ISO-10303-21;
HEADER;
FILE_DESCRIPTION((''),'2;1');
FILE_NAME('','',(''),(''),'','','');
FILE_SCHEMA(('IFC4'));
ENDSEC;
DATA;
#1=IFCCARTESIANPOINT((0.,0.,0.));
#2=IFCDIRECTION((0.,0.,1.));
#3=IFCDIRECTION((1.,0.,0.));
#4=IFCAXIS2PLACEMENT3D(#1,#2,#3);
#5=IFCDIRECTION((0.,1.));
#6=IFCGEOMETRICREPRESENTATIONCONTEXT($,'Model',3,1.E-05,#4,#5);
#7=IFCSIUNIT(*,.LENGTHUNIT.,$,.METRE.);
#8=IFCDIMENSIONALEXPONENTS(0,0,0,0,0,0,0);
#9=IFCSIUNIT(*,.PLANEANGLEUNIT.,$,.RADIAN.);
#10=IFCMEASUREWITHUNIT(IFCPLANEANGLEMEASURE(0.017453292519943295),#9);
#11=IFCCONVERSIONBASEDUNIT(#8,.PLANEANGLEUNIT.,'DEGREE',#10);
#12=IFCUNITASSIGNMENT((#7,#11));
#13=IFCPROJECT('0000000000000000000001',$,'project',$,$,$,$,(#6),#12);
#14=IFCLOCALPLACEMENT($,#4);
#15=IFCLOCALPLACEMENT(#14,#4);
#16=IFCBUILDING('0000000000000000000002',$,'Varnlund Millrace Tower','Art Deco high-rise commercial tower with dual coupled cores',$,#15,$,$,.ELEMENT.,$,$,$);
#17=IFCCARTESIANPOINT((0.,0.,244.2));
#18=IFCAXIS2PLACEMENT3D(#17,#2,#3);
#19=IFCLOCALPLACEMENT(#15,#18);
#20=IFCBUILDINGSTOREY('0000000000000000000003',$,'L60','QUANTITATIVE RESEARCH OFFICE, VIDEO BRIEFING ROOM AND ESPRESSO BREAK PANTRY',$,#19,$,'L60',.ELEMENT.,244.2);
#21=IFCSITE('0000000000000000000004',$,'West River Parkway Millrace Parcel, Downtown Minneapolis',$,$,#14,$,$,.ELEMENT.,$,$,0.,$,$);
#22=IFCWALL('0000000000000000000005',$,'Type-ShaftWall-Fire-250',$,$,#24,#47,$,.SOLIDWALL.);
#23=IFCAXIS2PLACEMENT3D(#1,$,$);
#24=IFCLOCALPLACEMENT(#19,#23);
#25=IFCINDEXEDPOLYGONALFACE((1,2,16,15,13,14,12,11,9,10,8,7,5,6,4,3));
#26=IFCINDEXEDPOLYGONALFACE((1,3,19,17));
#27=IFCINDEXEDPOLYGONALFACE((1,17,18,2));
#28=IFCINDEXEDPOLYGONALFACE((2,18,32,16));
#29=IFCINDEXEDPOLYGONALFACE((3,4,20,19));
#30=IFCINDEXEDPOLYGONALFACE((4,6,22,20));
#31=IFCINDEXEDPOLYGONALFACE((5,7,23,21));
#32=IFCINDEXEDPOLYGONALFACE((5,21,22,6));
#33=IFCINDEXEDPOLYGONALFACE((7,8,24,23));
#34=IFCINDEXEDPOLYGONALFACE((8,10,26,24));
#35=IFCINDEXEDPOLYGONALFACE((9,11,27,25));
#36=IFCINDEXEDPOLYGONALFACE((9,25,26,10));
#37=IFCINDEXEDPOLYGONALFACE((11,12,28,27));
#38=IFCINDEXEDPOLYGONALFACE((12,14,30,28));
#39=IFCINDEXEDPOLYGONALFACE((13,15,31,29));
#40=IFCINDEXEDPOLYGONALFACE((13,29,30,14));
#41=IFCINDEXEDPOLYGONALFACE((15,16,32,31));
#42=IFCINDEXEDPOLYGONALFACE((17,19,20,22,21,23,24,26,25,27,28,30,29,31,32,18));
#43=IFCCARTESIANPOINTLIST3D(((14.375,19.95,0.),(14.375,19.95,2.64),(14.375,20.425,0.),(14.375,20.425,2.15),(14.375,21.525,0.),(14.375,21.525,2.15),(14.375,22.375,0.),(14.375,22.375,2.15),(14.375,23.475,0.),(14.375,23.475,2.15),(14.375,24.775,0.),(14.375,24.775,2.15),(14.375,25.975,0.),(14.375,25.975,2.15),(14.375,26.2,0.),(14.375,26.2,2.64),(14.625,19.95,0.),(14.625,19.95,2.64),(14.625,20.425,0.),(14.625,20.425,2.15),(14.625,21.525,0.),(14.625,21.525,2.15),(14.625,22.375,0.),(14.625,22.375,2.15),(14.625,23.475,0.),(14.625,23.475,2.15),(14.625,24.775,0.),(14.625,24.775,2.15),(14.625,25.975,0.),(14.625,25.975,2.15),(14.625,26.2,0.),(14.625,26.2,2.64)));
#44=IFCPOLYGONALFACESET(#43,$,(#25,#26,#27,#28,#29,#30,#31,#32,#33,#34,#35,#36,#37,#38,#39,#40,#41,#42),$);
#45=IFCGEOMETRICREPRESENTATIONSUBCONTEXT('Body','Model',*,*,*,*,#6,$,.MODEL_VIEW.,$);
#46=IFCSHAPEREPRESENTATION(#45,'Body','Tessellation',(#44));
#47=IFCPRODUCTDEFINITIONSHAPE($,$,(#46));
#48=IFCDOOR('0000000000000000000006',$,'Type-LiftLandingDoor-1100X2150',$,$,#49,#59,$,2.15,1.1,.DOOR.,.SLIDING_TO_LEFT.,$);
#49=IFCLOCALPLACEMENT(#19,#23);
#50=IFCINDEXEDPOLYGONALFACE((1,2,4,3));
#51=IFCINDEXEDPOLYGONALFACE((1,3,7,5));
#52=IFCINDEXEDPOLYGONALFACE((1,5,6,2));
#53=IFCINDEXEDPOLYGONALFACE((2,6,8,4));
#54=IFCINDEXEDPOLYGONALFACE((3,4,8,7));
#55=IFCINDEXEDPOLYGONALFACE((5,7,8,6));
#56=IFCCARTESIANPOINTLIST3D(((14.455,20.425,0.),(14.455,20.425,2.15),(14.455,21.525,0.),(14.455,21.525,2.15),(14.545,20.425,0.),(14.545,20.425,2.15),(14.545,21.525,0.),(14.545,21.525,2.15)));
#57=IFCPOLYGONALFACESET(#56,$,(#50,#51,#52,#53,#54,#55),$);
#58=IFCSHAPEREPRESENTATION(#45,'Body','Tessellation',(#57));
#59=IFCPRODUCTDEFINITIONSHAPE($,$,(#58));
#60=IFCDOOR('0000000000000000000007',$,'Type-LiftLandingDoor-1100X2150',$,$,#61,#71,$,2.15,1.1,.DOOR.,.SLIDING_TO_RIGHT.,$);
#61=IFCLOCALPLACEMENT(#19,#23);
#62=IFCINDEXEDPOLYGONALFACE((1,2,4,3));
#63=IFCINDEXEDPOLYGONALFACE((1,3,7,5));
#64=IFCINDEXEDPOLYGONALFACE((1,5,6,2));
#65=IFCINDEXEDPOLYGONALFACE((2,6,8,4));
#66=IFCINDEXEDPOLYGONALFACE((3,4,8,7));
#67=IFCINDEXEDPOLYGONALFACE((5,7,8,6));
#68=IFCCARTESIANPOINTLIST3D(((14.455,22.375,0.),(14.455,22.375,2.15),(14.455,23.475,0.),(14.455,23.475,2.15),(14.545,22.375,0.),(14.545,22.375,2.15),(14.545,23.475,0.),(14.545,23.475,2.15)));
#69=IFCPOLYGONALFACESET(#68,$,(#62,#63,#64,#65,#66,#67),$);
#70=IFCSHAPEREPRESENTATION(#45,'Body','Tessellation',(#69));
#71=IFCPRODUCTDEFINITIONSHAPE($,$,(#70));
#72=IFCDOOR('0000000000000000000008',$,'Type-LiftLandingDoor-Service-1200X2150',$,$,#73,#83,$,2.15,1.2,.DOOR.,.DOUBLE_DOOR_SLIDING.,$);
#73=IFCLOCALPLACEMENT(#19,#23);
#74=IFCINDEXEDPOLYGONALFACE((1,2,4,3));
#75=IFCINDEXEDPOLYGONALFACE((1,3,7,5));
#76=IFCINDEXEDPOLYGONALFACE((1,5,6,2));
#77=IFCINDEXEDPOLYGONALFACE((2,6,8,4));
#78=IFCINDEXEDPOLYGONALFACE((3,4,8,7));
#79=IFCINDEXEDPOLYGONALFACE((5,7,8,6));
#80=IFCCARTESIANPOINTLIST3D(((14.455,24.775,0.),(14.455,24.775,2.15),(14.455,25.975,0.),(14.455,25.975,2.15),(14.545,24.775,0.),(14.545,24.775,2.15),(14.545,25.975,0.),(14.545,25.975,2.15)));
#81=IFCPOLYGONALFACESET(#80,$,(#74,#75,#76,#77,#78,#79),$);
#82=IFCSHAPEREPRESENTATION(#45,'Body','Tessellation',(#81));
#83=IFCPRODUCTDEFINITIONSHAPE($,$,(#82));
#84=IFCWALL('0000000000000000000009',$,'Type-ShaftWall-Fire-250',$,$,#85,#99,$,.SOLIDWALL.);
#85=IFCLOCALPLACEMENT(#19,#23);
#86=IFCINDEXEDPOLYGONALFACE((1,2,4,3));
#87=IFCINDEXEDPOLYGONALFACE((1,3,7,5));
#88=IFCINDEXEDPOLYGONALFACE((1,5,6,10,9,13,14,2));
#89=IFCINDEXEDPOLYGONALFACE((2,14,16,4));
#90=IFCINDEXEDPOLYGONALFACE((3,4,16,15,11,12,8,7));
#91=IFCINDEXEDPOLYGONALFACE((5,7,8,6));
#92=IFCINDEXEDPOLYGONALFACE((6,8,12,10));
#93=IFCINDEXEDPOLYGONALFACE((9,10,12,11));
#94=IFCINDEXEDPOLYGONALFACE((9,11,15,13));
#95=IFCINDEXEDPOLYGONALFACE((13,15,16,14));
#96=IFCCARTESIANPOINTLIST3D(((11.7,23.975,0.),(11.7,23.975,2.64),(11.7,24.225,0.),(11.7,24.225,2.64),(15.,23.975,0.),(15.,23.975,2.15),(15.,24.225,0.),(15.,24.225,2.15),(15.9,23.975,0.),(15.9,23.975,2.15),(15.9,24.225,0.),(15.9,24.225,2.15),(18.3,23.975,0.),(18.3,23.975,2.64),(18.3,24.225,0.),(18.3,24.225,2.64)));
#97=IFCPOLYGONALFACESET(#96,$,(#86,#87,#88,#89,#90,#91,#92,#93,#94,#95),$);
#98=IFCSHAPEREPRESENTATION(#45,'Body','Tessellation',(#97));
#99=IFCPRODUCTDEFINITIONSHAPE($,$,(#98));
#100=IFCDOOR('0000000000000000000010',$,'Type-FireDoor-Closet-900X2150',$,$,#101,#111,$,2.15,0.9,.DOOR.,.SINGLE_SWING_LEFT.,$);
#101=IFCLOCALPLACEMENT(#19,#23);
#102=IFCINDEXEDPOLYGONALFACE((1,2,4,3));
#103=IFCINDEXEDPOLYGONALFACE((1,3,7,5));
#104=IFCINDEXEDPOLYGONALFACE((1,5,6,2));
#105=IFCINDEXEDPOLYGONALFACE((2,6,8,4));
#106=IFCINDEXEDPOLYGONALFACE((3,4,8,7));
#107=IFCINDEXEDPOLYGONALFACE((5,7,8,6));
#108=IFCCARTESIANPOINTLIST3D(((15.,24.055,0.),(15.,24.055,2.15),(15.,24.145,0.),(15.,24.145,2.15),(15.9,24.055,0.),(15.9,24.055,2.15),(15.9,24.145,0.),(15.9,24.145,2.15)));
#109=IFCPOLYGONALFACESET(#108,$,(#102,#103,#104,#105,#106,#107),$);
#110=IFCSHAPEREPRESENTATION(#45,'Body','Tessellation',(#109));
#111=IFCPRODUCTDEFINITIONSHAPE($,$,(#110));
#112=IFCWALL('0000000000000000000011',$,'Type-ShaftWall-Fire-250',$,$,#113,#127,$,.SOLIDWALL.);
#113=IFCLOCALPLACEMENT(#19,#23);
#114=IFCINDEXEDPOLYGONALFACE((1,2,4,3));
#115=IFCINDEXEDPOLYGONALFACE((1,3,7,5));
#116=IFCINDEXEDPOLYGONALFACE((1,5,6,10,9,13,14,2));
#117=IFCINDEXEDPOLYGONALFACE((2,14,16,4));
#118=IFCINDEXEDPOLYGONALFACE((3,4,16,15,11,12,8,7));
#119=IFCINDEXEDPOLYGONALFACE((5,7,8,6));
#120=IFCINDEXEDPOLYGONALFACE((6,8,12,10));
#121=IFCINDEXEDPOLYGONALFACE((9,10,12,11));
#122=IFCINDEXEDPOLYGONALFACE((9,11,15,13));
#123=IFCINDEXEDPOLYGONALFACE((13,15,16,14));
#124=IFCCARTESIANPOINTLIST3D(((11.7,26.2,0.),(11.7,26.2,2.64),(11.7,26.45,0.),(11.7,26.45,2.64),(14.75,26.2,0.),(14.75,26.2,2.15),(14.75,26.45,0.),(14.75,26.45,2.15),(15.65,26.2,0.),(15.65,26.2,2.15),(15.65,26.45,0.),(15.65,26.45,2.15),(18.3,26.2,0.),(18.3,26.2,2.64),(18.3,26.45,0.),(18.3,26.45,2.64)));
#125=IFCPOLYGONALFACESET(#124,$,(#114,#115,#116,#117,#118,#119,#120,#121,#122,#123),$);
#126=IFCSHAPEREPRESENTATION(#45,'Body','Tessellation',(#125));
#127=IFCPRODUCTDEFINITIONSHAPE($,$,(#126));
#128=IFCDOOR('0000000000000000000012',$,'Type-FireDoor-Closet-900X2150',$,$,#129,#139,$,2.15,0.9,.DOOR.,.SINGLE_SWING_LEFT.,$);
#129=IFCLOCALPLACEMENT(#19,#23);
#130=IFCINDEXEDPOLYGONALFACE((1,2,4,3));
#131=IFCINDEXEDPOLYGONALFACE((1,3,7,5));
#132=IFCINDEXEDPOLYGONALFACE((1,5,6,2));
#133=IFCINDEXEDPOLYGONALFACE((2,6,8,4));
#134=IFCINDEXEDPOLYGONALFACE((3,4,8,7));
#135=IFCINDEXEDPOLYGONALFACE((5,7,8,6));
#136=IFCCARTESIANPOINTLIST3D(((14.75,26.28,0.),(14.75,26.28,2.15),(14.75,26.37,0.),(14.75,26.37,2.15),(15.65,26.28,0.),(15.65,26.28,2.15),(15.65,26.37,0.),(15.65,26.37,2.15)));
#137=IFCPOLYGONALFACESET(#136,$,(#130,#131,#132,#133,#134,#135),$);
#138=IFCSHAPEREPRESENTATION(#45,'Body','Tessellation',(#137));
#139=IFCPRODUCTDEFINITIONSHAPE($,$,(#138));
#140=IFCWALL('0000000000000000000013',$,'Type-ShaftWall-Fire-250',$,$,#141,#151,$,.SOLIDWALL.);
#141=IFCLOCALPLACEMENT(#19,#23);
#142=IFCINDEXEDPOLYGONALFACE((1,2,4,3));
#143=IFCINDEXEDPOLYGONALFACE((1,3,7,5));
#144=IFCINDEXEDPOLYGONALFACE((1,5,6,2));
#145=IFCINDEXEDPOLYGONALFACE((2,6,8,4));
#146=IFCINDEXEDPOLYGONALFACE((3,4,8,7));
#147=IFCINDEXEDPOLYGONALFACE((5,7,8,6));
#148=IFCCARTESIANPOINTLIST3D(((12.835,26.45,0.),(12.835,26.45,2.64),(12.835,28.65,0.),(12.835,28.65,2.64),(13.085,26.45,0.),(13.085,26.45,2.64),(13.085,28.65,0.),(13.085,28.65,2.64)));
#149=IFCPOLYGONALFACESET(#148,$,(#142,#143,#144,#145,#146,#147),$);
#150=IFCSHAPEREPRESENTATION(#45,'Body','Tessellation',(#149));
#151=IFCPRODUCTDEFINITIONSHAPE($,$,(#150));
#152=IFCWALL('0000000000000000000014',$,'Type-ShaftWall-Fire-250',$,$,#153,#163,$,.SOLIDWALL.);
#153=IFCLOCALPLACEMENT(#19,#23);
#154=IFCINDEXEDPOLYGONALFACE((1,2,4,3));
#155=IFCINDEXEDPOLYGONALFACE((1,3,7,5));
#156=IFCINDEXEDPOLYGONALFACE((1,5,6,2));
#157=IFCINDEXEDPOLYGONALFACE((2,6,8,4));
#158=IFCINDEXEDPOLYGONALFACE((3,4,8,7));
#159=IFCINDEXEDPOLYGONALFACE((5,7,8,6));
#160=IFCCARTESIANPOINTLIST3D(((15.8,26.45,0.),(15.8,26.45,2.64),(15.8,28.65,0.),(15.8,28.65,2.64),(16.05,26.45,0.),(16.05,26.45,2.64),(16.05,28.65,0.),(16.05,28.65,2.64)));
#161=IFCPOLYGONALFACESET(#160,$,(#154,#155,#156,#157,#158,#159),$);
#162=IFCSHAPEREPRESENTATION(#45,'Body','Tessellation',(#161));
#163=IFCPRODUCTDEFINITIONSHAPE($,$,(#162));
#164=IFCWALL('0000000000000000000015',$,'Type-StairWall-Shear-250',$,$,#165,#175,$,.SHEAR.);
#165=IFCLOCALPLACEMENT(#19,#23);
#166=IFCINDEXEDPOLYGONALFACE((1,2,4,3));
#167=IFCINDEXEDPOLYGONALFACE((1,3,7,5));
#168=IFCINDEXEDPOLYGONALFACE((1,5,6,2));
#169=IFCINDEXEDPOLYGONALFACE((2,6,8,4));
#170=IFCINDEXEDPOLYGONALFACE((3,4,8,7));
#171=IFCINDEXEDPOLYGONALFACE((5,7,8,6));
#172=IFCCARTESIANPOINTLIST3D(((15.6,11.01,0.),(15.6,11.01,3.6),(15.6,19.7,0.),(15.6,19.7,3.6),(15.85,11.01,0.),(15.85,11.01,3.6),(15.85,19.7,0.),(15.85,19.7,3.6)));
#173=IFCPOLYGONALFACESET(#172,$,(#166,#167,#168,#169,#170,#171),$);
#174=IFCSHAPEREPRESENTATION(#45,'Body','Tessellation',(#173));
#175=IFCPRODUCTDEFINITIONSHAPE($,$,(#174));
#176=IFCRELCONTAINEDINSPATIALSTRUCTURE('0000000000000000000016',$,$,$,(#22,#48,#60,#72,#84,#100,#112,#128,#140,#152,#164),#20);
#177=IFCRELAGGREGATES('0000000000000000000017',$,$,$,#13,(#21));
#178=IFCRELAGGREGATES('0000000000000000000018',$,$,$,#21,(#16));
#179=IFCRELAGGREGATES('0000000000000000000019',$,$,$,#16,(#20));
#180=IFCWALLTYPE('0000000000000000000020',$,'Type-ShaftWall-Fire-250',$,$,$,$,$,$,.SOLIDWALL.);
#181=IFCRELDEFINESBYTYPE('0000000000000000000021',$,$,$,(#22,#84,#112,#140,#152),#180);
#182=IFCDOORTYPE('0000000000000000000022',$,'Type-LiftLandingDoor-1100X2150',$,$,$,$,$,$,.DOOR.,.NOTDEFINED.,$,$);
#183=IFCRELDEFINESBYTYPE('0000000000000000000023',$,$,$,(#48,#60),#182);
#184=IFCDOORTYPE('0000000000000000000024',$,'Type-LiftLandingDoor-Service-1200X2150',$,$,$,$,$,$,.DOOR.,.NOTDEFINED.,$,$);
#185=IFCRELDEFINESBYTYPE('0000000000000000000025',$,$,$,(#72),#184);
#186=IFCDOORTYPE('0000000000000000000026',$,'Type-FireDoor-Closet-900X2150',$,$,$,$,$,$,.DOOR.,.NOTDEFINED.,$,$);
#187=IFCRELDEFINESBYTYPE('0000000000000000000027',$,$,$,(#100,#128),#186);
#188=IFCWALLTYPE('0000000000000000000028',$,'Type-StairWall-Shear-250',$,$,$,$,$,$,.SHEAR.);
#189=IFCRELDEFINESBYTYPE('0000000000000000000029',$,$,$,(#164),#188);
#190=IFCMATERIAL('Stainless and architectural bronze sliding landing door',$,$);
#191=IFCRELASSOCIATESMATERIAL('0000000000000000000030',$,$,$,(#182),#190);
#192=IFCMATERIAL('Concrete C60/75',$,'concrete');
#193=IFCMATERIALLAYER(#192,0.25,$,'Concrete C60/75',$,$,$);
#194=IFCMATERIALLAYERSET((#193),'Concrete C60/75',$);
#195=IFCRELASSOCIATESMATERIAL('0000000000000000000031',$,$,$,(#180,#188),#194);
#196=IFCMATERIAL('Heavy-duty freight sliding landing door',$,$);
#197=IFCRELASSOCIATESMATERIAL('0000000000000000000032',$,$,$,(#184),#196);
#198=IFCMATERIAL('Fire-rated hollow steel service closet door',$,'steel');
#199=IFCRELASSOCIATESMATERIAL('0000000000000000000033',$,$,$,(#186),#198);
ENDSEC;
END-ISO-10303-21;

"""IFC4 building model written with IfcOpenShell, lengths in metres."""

from ifc_helpers import new_model, entity, si_unit, converted_unit, direction, frame, origin_with_axes, origin_2d_with_axis, place, context, subcontext, project, spatial, polyline, rectangle, outline, extrude, material, layer, layer_set, type_object, element, fill, save


model = new_model("IFC4")

# Units and contexts
model_context = context("Model", 3, precision=1e-05, world=origin_with_axes(), true_north=direction((0.0, 1.0)))
body_context = subcontext(model_context, "Body", "Model", "MODEL_VIEW")
ifc_project = project(units=[si_unit("LENGTHUNIT", "METRE"), converted_unit("PLANEANGLEUNIT", "DEGREE", entity("IfcPlaneAngleMeasure", 0.017453292519943295), si_unit("PLANEANGLEUNIT", "RADIAN"), dimensions=[0, 0, 0, 0, 0, 0, 0])], contexts=[model_context])

# Site, building, storey
site_placement = place(None, origin_with_axes())
site = spatial("IfcSite", under=ifc_project, at=site_placement, Name="West River Parkway Millrace Parcel, Downtown Minneapolis", CompositionType="ELEMENT", RefElevation=0.0)
building_placement = place(site_placement, origin_with_axes())
building = spatial("IfcBuilding", under=site, at=building_placement, Name="Varnlund Millrace Tower", Description="Art Deco high-rise commercial tower with dual coupled cores", CompositionType="ELEMENT")
storey_placement = place(building_placement, frame((0.0, 0.0, 244.2), z_axis=(0.0, 0.0, 1.0), x_axis=(1.0, 0.0, 0.0)))
storey = spatial("IfcBuildingStorey", under=building, at=storey_placement, Name="L60", Description="QUANTITATIVE RESEARCH OFFICE, VIDEO BRIEFING ROOM AND ESPRESSO BREAK PANTRY", LongName="L60", CompositionType="ELEMENT", Elevation=244.2)

# Shared definitions
ifc_material_1 = material(Name="Concrete C60/75", Category="concrete")

# Wall, openings, doors
ifc_material_2 = material(Name="Stainless and architectural bronze sliding landing door")
door_type_1 = type_object("IfcDoorType", Name="Type-LiftLandingDoor-1100X2150", OperationType="NOTDEFINED", PredefinedType="DOOR", material=ifc_material_2)
ifc_layer_1 = layer(ifc_material_1, 0.25, Name="Concrete C60/75")
ifc_layer_set_1 = layer_set([ifc_layer_1], Name="Concrete C60/75")
wall_type_1 = type_object("IfcWallType", Name="Type-ShaftWall-Fire-250", PredefinedType="SOLIDWALL", material=ifc_layer_set_1)
wall_1_placement = place(storey_placement, frame((14.5, 19.95, 0.0), z_axis=(0.0, 0.0, 1.0), x_axis=(0.0, 1.0, 0.0)))
wall_1 = element("IfcWall", 1, at=wall_1_placement, inside=storey, type_object=wall_type_1, Name="Type-ShaftWall-Fire-250", PredefinedType="SOLIDWALL", context=body_context, shape_type="SweptSolid", body=[
    extrude(outline(polyline([(0.0, -0.125), (6.25, -0.125), (6.25, 0.125), (0.0, 0.125), (0.0, -0.125)])), origin_with_axes(), (0.0, 0.0, 1.0), 2.64),
])
opening_1_placement = place(wall_1_placement, frame((1.025, 0.0, 0.0), z_axis=(0.0, 0.0, 1.0), x_axis=(1.0, 0.0, 0.0)))
opening_1 = element("IfcOpeningElement", 2, at=opening_1_placement, cuts=wall_1, PredefinedType="OPENING", context=body_context, shape_type="SweptSolid", body=[
    extrude(rectangle(XDim=1.1, YDim=0.27, at=origin_2d_with_axis()), origin_with_axes(), (0.0, 0.0, 1.0), 2.15),
])
opening_2_placement = place(wall_1_placement, frame((2.975, 0.0, 0.0), z_axis=(0.0, 0.0, 1.0), x_axis=(1.0, 0.0, 0.0)))
opening_2 = element("IfcOpeningElement", 3, at=opening_2_placement, cuts=wall_1, PredefinedType="OPENING", context=body_context, shape_type="SweptSolid", body=[
    extrude(rectangle(XDim=1.1, YDim=0.27, at=origin_2d_with_axis()), origin_with_axes(), (0.0, 0.0, 1.0), 2.15),
])
opening_3_placement = place(wall_1_placement, frame((5.425, 0.0, 0.0), z_axis=(0.0, 0.0, 1.0), x_axis=(1.0, 0.0, 0.0)))
opening_3 = element("IfcOpeningElement", 4, at=opening_3_placement, cuts=wall_1, PredefinedType="OPENING", context=body_context, shape_type="SweptSolid", body=[
    extrude(rectangle(XDim=1.2, YDim=0.27, at=origin_2d_with_axis()), origin_with_axes(), (0.0, 0.0, 1.0), 2.15),
])
door_1_placement = place(wall_1_placement, frame((1.025, 0.0, 0.0), z_axis=(0.0, 0.0, 1.0), x_axis=(1.0, 0.0, 0.0)))
door_1 = element("IfcDoor", 5, at=door_1_placement, inside=storey, type_object=door_type_1, Name="Type-LiftLandingDoor-1100X2150", OperationType="SLIDING_TO_LEFT", OverallHeight=2.15, OverallWidth=1.1, PredefinedType="DOOR", context=body_context, shape_type="SweptSolid", body=[
    extrude(rectangle(XDim=1.1, YDim=0.09, at=origin_2d_with_axis()), origin_with_axes(), (0.0, 0.0, 1.0), 2.15),
])
fill(opening_1, door_1)
door_2_placement = place(wall_1_placement, frame((2.975, 0.0, 0.0), z_axis=(0.0, 0.0, 1.0), x_axis=(1.0, 0.0, 0.0)))
door_2 = element("IfcDoor", 6, at=door_2_placement, inside=storey, type_object=door_type_1, Name="Type-LiftLandingDoor-1100X2150", OperationType="SLIDING_TO_RIGHT", OverallHeight=2.15, OverallWidth=1.1, PredefinedType="DOOR", context=body_context, shape_type="SweptSolid", body=[
    extrude(rectangle(XDim=1.1, YDim=0.09, at=origin_2d_with_axis()), origin_with_axes(), (0.0, 0.0, 1.0), 2.15),
])
fill(opening_2, door_2)
ifc_material_3 = material(Name="Heavy-duty freight sliding landing door")
door_type_2 = type_object("IfcDoorType", Name="Type-LiftLandingDoor-Service-1200X2150", OperationType="NOTDEFINED", PredefinedType="DOOR", material=ifc_material_3)
door_3_placement = place(wall_1_placement, frame((5.425, 0.0, 0.0), z_axis=(0.0, 0.0, 1.0), x_axis=(1.0, 0.0, 0.0)))
door_3 = element("IfcDoor", 7, at=door_3_placement, inside=storey, type_object=door_type_2, Name="Type-LiftLandingDoor-Service-1200X2150", OperationType="DOUBLE_DOOR_SLIDING", OverallHeight=2.15, OverallWidth=1.2, PredefinedType="DOOR", context=body_context, shape_type="SweptSolid", body=[
    extrude(rectangle(XDim=1.2, YDim=0.09, at=origin_2d_with_axis()), origin_with_axes(), (0.0, 0.0, 1.0), 2.15),
])
fill(opening_3, door_3)

# Walls, openings, doors
wall_2_placement = place(storey_placement, frame((11.7, 24.1, 0.0), z_axis=(0.0, 0.0, 1.0), x_axis=(1.0, 0.0, 0.0)))
wall_2 = element("IfcWall", 8, at=wall_2_placement, inside=storey, type_object=wall_type_1, Name="Type-ShaftWall-Fire-250", PredefinedType="SOLIDWALL", context=body_context, shape_type="SweptSolid", body=[
    extrude(outline(polyline([(0.0, -0.125), (6.6, -0.125), (6.6, 0.125), (0.0, 0.125), (0.0, -0.125)])), origin_with_axes(), (0.0, 0.0, 1.0), 2.64),
])
opening_4_placement = place(wall_2_placement, frame((3.75, 0.0, 0.0), z_axis=(0.0, 0.0, 1.0), x_axis=(1.0, 0.0, 0.0)))
opening_4 = element("IfcOpeningElement", 9, at=opening_4_placement, cuts=wall_2, PredefinedType="OPENING", context=body_context, shape_type="SweptSolid", body=[
    extrude(rectangle(XDim=0.9, YDim=0.27, at=origin_2d_with_axis()), origin_with_axes(), (0.0, 0.0, 1.0), 2.15),
])
ifc_material_4 = material(Name="Fire-rated hollow steel service closet door", Category="steel")
door_type_3 = type_object("IfcDoorType", Name="Type-FireDoor-Closet-900X2150", OperationType="NOTDEFINED", PredefinedType="DOOR", material=ifc_material_4)
door_4_placement = place(wall_2_placement, frame((3.75, 0.0, 0.0), z_axis=(0.0, 0.0, 1.0), x_axis=(1.0, 0.0, 0.0)))
door_4 = element("IfcDoor", 10, at=door_4_placement, inside=storey, type_object=door_type_3, Name="Type-FireDoor-Closet-900X2150", OperationType="SINGLE_SWING_LEFT", OverallHeight=2.15, OverallWidth=0.9, PredefinedType="DOOR", context=body_context, shape_type="SweptSolid", body=[
    extrude(rectangle(XDim=0.9, YDim=0.09, at=origin_2d_with_axis()), origin_with_axes(), (0.0, 0.0, 1.0), 2.15),
])
fill(opening_4, door_4)
wall_3_placement = place(storey_placement, frame((11.7, 26.325, 0.0), z_axis=(0.0, 0.0, 1.0), x_axis=(1.0, 0.0, 0.0)))
wall_3 = element("IfcWall", 11, at=wall_3_placement, inside=storey, type_object=wall_type_1, Name="Type-ShaftWall-Fire-250", PredefinedType="SOLIDWALL", context=body_context, shape_type="SweptSolid", body=[
    extrude(outline(polyline([(0.0, -0.125), (6.6, -0.125), (6.6, 0.125), (0.0, 0.125), (0.0, -0.125)])), origin_with_axes(), (0.0, 0.0, 1.0), 2.64),
])
opening_5_placement = place(wall_3_placement, frame((3.5, 0.0, 0.0), z_axis=(0.0, 0.0, 1.0), x_axis=(1.0, 0.0, 0.0)))
opening_5 = element("IfcOpeningElement", 12, at=opening_5_placement, cuts=wall_3, PredefinedType="OPENING", context=body_context, shape_type="SweptSolid", body=[
    extrude(rectangle(XDim=0.9, YDim=0.27, at=origin_2d_with_axis()), origin_with_axes(), (0.0, 0.0, 1.0), 2.15),
])
door_5_placement = place(wall_3_placement, frame((3.5, 0.0, 0.0), z_axis=(0.0, 0.0, 1.0), x_axis=(1.0, 0.0, 0.0)))
door_5 = element("IfcDoor", 13, at=door_5_placement, inside=storey, type_object=door_type_3, Name="Type-FireDoor-Closet-900X2150", OperationType="SINGLE_SWING_LEFT", OverallHeight=2.15, OverallWidth=0.9, PredefinedType="DOOR", context=body_context, shape_type="SweptSolid", body=[
    extrude(rectangle(XDim=0.9, YDim=0.09, at=origin_2d_with_axis()), origin_with_axes(), (0.0, 0.0, 1.0), 2.15),
])
fill(opening_5, door_5)

# Walls
for number, where, z_axis, x_axis, name in (
    (14, (12.96, 26.45, 0.0), (0.0, 0.0, 1.0), (0.0, 1.0, 0.0), "Type-ShaftWall-Fire-250"),
    (15, (15.925, 26.45, 0.0), (0.0, 0.0, 1.0), (0.0, 1.0, 0.0), "Type-ShaftWall-Fire-250"),
):
    element("IfcWall", number, at=place(storey_placement, frame(where, z_axis=z_axis, x_axis=x_axis)), inside=storey, type_object=wall_type_1, Name=name, PredefinedType="SOLIDWALL", context=body_context, shape_type="SweptSolid", body=[
        extrude(outline(polyline([(0.0, -0.125), (2.2, -0.125), (2.2, 0.125), (0.0, 0.125), (0.0, -0.125)])), origin_with_axes(), (0.0, 0.0, 1.0), 2.64),
    ])
wall_type_2 = type_object("IfcWallType", Name="Type-StairWall-Shear-250", PredefinedType="SHEAR", material=ifc_layer_set_1)
wall_4_placement = place(storey_placement, frame((15.725, 11.01, 0.0), z_axis=(0.0, 0.0, 1.0), x_axis=(0.0, 1.0, 0.0)))
element("IfcWall", 16, at=wall_4_placement, inside=storey, type_object=wall_type_2, Name="Type-StairWall-Shear-250", PredefinedType="SHEAR", context=body_context, shape_type="SweptSolid", body=[
    extrude(outline(polyline([(0.0, -0.125), (8.69, -0.125), (8.69, 0.125), (0.0, 0.125), (0.0, -0.125)])), origin_with_axes(), (0.0, 0.0, 1.0), 3.6),
])

save(model, "model.ifc")
